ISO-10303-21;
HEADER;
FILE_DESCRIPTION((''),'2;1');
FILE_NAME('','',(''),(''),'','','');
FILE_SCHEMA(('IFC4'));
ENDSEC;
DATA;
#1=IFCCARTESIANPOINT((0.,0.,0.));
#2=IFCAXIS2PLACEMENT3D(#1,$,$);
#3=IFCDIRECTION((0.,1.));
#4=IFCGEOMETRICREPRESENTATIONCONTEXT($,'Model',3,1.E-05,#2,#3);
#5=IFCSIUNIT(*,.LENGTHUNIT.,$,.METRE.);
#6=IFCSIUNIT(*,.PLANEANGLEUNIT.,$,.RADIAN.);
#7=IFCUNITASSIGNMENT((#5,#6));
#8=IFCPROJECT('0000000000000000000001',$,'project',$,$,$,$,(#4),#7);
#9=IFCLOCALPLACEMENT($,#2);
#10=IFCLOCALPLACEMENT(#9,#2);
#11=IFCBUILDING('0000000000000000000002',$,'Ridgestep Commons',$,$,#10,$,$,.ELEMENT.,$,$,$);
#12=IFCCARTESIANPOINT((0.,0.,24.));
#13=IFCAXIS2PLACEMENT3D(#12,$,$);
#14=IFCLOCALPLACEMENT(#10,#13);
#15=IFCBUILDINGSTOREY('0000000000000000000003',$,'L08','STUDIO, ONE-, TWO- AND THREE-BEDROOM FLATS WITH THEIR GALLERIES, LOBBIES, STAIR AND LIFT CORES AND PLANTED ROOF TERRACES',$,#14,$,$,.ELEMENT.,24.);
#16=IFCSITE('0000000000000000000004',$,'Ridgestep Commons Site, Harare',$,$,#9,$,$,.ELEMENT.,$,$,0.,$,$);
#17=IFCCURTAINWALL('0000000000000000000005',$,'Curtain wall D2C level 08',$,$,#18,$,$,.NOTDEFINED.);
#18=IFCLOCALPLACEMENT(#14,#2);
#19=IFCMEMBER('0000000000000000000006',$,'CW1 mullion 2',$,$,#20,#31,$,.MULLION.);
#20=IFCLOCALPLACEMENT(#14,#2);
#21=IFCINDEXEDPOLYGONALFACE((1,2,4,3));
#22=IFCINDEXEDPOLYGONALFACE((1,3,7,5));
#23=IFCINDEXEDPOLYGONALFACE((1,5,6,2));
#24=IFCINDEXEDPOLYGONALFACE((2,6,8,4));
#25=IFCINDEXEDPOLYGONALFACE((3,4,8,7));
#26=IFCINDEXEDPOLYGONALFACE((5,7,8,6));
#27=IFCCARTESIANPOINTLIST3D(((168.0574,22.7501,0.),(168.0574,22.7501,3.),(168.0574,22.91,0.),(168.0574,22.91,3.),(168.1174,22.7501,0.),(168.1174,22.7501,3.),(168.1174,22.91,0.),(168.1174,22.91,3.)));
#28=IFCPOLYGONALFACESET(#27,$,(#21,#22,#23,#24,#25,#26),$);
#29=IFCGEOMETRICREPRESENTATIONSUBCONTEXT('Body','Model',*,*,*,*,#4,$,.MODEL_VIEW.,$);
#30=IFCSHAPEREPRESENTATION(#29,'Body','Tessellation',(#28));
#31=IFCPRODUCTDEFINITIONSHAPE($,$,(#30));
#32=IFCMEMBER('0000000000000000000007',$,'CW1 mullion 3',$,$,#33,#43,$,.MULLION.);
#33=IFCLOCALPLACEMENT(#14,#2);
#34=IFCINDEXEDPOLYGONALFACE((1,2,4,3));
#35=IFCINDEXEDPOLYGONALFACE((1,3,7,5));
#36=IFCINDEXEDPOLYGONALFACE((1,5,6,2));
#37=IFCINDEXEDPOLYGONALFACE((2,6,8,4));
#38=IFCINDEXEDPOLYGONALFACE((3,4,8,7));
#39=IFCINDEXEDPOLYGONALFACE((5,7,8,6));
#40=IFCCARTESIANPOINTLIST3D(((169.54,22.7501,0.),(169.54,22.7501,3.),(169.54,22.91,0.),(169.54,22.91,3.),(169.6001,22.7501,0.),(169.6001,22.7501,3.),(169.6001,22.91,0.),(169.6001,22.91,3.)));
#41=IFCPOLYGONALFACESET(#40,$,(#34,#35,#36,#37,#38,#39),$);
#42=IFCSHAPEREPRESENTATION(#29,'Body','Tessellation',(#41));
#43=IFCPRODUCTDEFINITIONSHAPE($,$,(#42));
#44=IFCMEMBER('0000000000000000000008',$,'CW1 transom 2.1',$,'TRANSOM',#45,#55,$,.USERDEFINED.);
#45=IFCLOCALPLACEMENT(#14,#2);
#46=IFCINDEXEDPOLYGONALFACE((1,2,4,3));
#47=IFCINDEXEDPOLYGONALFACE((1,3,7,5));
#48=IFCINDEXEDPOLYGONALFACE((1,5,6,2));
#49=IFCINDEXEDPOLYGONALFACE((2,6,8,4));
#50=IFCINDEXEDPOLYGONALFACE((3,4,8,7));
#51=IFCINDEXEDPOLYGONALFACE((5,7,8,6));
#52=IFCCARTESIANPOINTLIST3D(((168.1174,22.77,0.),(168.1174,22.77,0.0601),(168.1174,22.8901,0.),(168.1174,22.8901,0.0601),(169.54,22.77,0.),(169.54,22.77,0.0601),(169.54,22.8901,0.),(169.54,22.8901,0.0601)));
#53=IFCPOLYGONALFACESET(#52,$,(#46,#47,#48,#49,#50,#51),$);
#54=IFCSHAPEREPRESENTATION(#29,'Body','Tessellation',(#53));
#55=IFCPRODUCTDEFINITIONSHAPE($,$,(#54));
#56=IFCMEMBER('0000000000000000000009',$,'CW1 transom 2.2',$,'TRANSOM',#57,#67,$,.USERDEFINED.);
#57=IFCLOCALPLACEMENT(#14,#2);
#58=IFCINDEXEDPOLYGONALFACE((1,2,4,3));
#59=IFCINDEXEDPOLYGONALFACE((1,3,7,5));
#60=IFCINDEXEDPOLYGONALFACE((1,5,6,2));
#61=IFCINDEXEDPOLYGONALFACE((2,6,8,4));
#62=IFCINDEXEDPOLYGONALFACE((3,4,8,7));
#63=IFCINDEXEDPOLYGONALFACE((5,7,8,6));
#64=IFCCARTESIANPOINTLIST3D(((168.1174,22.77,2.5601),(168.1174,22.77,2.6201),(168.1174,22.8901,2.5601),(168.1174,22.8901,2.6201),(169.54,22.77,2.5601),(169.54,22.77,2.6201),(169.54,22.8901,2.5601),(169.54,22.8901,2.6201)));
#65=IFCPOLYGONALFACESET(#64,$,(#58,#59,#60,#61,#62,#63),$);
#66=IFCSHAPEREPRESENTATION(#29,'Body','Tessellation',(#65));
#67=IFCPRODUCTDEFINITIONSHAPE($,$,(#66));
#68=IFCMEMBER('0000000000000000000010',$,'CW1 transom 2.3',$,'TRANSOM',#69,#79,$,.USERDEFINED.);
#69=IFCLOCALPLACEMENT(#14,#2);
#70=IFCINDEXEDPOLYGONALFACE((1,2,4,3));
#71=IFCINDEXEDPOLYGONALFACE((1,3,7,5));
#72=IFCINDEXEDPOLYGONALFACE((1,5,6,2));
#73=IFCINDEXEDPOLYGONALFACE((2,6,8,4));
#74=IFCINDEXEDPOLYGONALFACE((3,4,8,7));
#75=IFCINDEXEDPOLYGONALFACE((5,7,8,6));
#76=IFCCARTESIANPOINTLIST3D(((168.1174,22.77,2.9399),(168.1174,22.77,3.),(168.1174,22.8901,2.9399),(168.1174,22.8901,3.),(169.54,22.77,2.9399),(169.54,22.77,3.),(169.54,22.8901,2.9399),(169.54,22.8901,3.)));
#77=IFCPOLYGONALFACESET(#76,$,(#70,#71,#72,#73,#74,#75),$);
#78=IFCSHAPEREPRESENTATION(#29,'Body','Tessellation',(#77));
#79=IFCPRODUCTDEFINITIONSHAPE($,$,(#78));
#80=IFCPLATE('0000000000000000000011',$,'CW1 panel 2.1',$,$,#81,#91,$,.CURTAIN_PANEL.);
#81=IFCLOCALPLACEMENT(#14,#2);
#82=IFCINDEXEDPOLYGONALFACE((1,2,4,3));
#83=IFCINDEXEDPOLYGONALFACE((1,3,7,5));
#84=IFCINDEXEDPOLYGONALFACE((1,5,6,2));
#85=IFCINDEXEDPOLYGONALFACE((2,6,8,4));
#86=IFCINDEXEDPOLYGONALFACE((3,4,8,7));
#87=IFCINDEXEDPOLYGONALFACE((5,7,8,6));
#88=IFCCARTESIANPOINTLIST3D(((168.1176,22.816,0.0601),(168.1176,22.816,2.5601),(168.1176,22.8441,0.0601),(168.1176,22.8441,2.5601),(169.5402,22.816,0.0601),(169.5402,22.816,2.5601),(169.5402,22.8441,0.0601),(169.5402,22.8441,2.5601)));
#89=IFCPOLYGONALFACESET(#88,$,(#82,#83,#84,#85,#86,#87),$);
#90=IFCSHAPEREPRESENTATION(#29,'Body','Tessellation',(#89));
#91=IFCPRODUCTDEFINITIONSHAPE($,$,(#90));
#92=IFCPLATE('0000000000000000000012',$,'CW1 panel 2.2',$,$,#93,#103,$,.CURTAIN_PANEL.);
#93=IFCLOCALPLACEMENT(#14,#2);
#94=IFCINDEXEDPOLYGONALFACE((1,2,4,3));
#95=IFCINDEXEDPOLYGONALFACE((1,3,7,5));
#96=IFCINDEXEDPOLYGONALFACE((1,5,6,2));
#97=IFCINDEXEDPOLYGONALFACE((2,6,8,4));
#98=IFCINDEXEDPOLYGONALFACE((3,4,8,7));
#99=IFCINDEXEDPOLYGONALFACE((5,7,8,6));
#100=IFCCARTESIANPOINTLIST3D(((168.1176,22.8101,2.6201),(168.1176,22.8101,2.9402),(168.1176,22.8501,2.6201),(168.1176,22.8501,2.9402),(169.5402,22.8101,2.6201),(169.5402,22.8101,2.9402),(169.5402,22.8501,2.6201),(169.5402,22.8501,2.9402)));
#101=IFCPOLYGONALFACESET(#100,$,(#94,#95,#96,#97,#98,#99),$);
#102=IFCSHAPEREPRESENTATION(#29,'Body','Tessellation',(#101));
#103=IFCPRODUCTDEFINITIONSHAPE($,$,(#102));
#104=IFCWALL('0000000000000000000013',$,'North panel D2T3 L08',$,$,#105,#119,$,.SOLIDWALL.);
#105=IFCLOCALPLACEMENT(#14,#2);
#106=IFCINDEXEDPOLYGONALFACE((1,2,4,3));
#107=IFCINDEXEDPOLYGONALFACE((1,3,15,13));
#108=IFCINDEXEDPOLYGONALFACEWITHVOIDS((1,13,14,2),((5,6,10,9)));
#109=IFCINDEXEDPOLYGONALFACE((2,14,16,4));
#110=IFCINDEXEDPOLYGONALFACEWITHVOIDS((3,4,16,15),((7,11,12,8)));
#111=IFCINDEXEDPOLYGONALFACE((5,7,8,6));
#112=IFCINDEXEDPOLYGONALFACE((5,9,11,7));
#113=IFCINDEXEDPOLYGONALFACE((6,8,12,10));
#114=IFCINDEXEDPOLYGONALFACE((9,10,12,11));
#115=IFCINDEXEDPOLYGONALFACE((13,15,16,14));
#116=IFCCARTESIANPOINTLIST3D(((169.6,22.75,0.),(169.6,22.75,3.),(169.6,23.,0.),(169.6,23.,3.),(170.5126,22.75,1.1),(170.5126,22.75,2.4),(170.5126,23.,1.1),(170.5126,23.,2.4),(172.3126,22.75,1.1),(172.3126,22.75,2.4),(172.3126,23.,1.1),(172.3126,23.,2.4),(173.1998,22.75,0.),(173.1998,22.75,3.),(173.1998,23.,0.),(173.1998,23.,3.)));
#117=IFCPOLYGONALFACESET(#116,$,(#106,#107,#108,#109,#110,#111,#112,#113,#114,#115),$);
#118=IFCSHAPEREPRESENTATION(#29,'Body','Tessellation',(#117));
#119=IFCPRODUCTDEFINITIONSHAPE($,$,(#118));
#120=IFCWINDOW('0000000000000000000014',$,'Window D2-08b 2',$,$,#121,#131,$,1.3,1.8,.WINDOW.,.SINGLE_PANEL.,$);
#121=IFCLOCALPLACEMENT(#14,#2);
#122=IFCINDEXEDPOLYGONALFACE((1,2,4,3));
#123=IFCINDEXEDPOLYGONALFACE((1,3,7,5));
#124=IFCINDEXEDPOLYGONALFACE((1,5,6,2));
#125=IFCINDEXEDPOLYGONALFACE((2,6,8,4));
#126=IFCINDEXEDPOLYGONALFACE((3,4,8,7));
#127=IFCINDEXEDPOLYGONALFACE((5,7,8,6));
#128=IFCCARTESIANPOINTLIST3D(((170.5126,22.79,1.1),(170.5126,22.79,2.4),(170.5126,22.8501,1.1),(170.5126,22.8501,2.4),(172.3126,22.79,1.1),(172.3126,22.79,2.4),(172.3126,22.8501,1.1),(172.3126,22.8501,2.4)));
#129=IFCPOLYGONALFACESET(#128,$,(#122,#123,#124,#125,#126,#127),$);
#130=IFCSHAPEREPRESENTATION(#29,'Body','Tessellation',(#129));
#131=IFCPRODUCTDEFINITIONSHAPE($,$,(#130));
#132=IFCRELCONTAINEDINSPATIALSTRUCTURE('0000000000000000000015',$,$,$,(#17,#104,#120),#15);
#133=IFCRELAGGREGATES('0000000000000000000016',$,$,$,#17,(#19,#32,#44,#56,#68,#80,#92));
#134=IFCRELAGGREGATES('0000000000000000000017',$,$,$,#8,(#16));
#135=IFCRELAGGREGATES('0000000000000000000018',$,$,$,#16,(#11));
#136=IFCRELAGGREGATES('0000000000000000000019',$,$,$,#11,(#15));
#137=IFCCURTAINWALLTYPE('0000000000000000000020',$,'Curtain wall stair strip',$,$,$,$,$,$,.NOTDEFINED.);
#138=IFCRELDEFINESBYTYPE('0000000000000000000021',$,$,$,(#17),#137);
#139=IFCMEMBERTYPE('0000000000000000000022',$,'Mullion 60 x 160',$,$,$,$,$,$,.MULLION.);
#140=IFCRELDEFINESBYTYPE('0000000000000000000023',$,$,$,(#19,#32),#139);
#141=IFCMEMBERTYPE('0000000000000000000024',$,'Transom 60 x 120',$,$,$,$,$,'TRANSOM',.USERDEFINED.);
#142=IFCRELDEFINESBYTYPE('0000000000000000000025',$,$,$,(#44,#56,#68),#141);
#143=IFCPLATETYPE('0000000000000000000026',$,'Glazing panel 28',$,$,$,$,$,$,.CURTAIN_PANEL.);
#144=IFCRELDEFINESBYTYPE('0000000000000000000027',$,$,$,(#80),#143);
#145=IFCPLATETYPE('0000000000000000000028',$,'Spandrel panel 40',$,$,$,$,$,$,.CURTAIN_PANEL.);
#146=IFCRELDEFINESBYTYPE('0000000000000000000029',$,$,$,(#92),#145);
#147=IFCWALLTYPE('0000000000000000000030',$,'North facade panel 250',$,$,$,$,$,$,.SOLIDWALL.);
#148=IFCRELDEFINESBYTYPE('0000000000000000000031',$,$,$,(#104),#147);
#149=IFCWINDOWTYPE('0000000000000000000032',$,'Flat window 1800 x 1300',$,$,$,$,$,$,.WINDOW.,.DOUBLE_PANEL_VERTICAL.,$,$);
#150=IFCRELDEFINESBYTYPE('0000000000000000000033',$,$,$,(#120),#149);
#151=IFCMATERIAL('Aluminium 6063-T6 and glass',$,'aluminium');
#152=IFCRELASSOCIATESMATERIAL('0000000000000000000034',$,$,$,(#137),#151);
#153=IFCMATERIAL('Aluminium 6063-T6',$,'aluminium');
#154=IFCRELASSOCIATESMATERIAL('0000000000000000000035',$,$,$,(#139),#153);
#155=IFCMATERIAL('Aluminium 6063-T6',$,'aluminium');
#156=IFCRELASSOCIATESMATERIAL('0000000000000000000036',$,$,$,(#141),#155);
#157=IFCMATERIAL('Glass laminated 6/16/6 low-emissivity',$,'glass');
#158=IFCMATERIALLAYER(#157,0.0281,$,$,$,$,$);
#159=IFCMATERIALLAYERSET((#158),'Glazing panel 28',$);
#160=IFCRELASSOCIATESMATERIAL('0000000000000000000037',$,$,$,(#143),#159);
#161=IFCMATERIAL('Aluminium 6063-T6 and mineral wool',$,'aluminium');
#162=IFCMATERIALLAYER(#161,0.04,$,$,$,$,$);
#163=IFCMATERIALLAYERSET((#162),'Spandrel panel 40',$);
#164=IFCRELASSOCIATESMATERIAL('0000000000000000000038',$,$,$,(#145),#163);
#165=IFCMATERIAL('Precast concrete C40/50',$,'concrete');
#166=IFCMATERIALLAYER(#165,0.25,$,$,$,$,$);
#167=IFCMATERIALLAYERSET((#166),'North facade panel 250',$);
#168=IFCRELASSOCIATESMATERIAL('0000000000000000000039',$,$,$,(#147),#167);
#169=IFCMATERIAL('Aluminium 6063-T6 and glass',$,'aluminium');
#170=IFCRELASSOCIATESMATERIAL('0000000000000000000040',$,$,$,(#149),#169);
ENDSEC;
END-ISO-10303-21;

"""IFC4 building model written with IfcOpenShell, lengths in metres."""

from ifc_helpers import new_model, si_unit, direction, frame, frame_2d, origin, origin_2d, place, context, subcontext, project, spatial, rectangle, extrude, material, layer, layer_set, material_profile, profile_set, type_object, element, fill, aggregate, save


model = new_model("IFC4")

# Units and contexts
model_context = context("Model", 3, precision=1e-05, world=origin(), true_north=direction((0.0, 1.0)))
body_context = subcontext(model_context, "Body", "Model", "MODEL_VIEW")
ifc_project = project(units=[si_unit("LENGTHUNIT", "METRE"), si_unit("PLANEANGLEUNIT", "RADIAN")], contexts=[model_context])

# Site, building, storey
site_placement = place(None, origin())
site = spatial("IfcSite", under=ifc_project, at=site_placement, Name="Ridgestep Commons Site, Harare", CompositionType="ELEMENT", RefElevation=0.0)
building_placement = place(site_placement, origin())
building = spatial("IfcBuilding", under=site, at=building_placement, Name="Ridgestep Commons", CompositionType="ELEMENT")
storey_placement = place(building_placement, frame((0.0, 0.0, 24.0)))
storey = spatial("IfcBuildingStorey", under=building, at=storey_placement, Name="L08", Description="STUDIO, ONE-, TWO- AND THREE-BEDROOM FLATS WITH THEIR GALLERIES, LOBBIES, STAIR AND LIFT CORES AND PLANTED ROOF TERRACES", CompositionType="ELEMENT", Elevation=24.0)

# Curtain wall, members, plates
ifc_material_1 = material(Name="Aluminium 6063-T6 and glass", Category="aluminium")
curtain_wall_type = type_object("IfcCurtainWallType", Name="Curtain wall stair strip", PredefinedType="NOTDEFINED", material=ifc_material_1)
curtain_wall_placement = place(storey_placement, origin())
curtain_wall = element("IfcCurtainWall", 1, at=curtain_wall_placement, inside=storey, type_object=curtain_wall_type, Name="Curtain wall D2C level 08", PredefinedType="NOTDEFINED")
ifc_material_2 = material(Name="Aluminium 6063-T6", Category="aluminium")
ifc_material_profile_1 = material_profile(ifc_material_2, rectangle(XDim=0.1599, YDim=0.0601, at=origin_2d()), Name="Mullion 60 x 160")
ifc_profile_set_1 = profile_set([ifc_material_profile_1], Name="Aluminium 6063-T6")
member_type_1 = type_object("IfcMemberType", Name="Mullion 60 x 160", PredefinedType="MULLION", material=ifc_profile_set_1)
member_1_placement = place(storey_placement, frame((168.0874, 22.8301, 0.0), z_axis=(0.0, 0.0, 1.0), x_axis=(0.0, 1.0, 0.0)))
member_1 = element("IfcMember", 2, at=member_1_placement, type_object=member_type_1, Name="CW1 mullion 2", PredefinedType="MULLION", context=body_context, shape_type="SweptSolid", body=[
    extrude(rectangle(XDim=0.1599, YDim=0.0601, at=origin_2d()), origin(), (0.0, 0.0, 1.0), 3.0),
])
member_2_placement = place(storey_placement, frame((169.5701, 22.8301, 0.0), z_axis=(0.0, 0.0, 1.0), x_axis=(0.0, 1.0, 0.0)))
member_2 = element("IfcMember", 3, at=member_2_placement, type_object=member_type_1, Name="CW1 mullion 3", PredefinedType="MULLION", context=body_context, shape_type="SweptSolid", body=[
    extrude(rectangle(XDim=0.1599, YDim=0.0601, at=origin_2d()), origin(), (0.0, 0.0, 1.0), 3.0),
])
ifc_material_3 = material(Name="Aluminium 6063-T6", Category="aluminium")
ifc_material_profile_2 = material_profile(ifc_material_3, rectangle(XDim=0.1201, YDim=0.0601, at=origin_2d()), Name="Transom 60 x 120")
ifc_profile_set_2 = profile_set([ifc_material_profile_2], Name="Aluminium 6063-T6")
member_type_2 = type_object("IfcMemberType", Name="Transom 60 x 120", ElementType="TRANSOM", PredefinedType="USERDEFINED", material=ifc_profile_set_2)
member_3_placement = place(storey_placement, frame((168.1174, 22.8301, 0.03), z_axis=(1.0, 0.0, 0.0), x_axis=(0.0, 1.0, 0.0)))
member_3 = element("IfcMember", 4, at=member_3_placement, type_object=member_type_2, Name="CW1 transom 2.1", ObjectType="TRANSOM", PredefinedType="USERDEFINED", context=body_context, shape_type="SweptSolid", body=[
    extrude(rectangle(XDim=0.1201, YDim=0.0601, at=origin_2d()), origin(), (0.0, 0.0, 1.0), 1.4226),
])
member_4_placement = place(storey_placement, frame((168.1174, 22.8301, 2.5901), z_axis=(1.0, 0.0, 0.0), x_axis=(0.0, 1.0, 0.0)))
member_4 = element("IfcMember", 5, at=member_4_placement, type_object=member_type_2, Name="CW1 transom 2.2", ObjectType="TRANSOM", PredefinedType="USERDEFINED", context=body_context, shape_type="SweptSolid", body=[
    extrude(rectangle(XDim=0.1201, YDim=0.0601, at=origin_2d()), origin(), (0.0, 0.0, 1.0), 1.4226),
])
member_5_placement = place(storey_placement, frame((168.1174, 22.8301, 2.97), z_axis=(1.0, 0.0, 0.0), x_axis=(0.0, 1.0, 0.0)))
member_5 = element("IfcMember", 6, at=member_5_placement, type_object=member_type_2, Name="CW1 transom 2.3", ObjectType="TRANSOM", PredefinedType="USERDEFINED", context=body_context, shape_type="SweptSolid", body=[
    extrude(rectangle(XDim=0.1201, YDim=0.0601, at=origin_2d()), origin(), (0.0, 0.0, 1.0), 1.4226),
])
ifc_material_4 = material(Name="Glass laminated 6/16/6 low-emissivity", Category="glass")
ifc_layer_1 = layer(ifc_material_4, 0.0281)
ifc_layer_set_1 = layer_set([ifc_layer_1], Name="Glazing panel 28")
plate_type_1 = type_object("IfcPlateType", Name="Glazing panel 28", PredefinedType="CURTAIN_PANEL", material=ifc_layer_set_1)
plate_1_placement = place(storey_placement, frame((168.8289, 22.8301, 0.0601), z_axis=(0.0, 0.0, 1.0), x_axis=(1.0, 0.0, 0.0)))
plate_1 = element("IfcPlate", 7, at=plate_1_placement, type_object=plate_type_1, Name="CW1 panel 2.1", PredefinedType="CURTAIN_PANEL", context=body_context, shape_type="SweptSolid", body=[
    extrude(rectangle(XDim=1.4226, YDim=0.0281, at=origin_2d()), origin(), (0.0, 0.0, 1.0), 2.5),
])
ifc_material_5 = material(Name="Aluminium 6063-T6 and mineral wool", Category="aluminium")
ifc_layer_2 = layer(ifc_material_5, 0.04)
ifc_layer_set_2 = layer_set([ifc_layer_2], Name="Spandrel panel 40")
plate_type_2 = type_object("IfcPlateType", Name="Spandrel panel 40", PredefinedType="CURTAIN_PANEL", material=ifc_layer_set_2)
plate_2_placement = place(storey_placement, frame((168.8289, 22.8301, 2.6201), z_axis=(0.0, 0.0, 1.0), x_axis=(1.0, 0.0, 0.0)))
plate_2 = element("IfcPlate", 8, at=plate_2_placement, type_object=plate_type_2, Name="CW1 panel 2.2", PredefinedType="CURTAIN_PANEL", context=body_context, shape_type="SweptSolid", body=[
    extrude(rectangle(XDim=1.4226, YDim=0.04, at=origin_2d()), origin(), (0.0, 0.0, 1.0), 0.3201),
])
aggregate(curtain_wall, [member_1, member_2, member_3, member_4, member_5, plate_1, plate_2])

# Wall, opening, window
ifc_material_6 = material(Name="Precast concrete C40/50", Category="concrete")
ifc_layer_3 = layer(ifc_material_6, 0.25)
ifc_layer_set_3 = layer_set([ifc_layer_3], Name="North facade panel 250")
wall_type_1 = type_object("IfcWallType", Name="North facade panel 250", PredefinedType="SOLIDWALL", material=ifc_layer_set_3)
wall_1_placement = place(storey_placement, frame((169.6001, 22.875, 0.0), z_axis=(0.0, 0.0, 1.0), x_axis=(1.0, 0.0, 0.0)))
wall_1 = element("IfcWall", 9, at=wall_1_placement, inside=storey, type_object=wall_type_1, Name="North panel D2T3 L08", PredefinedType="SOLIDWALL", context=body_context, shape_type="SweptSolid", body=[
    extrude(rectangle(XDim=3.5999, YDim=0.25, at=frame_2d((1.7998, 0.0))), origin(), (0.0, 0.0, 1.0), 3.0),
])
opening_1_placement = place(wall_1_placement, frame((0.9126, 0.0, 1.1001)))
opening_1 = element("IfcOpeningElement", 10, at=opening_1_placement, cuts=wall_1, PredefinedType="OPENING", context=body_context, shape_type="SweptSolid", body=[
    extrude(rectangle(XDim=1.8, YDim=1.3, at=frame_2d((0.8999, 0.6499))), frame((0.0, 0.135, 0.0), z_axis=(0.0, -1.0, 0.0), x_axis=(1.0, 0.0, 0.0)), (0.0, 0.0, 1.0), 0.27),
])
ifc_material_7 = material(Name="Aluminium 6063-T6 and glass", Category="aluminium")
window_type_1 = type_object("IfcWindowType", Name="Flat window 1800 x 1300", PartitioningType="DOUBLE_PANEL_VERTICAL", PredefinedType="WINDOW", material=ifc_material_7)
window_1_placement = place(opening_1_placement, origin())
window_1 = element("IfcWindow", 11, at=window_1_placement, inside=storey, type_object=window_type_1, Name="Window D2-08b 2", OverallHeight=1.3, OverallWidth=1.8, PartitioningType="SINGLE_PANEL", PredefinedType="WINDOW", context=body_context, shape_type="SweptSolid", body=[
    extrude(rectangle(XDim=1.8, YDim=1.3, at=frame_2d((0.8999, 0.6499))), frame((0.0, -0.0249, 0.0), z_axis=(0.0, -1.0, 0.0), x_axis=(1.0, 0.0, 0.0)), (0.0, 0.0, 1.0), 0.0601),
])
fill(opening_1, window_1)

save(model, "model.ifc")
